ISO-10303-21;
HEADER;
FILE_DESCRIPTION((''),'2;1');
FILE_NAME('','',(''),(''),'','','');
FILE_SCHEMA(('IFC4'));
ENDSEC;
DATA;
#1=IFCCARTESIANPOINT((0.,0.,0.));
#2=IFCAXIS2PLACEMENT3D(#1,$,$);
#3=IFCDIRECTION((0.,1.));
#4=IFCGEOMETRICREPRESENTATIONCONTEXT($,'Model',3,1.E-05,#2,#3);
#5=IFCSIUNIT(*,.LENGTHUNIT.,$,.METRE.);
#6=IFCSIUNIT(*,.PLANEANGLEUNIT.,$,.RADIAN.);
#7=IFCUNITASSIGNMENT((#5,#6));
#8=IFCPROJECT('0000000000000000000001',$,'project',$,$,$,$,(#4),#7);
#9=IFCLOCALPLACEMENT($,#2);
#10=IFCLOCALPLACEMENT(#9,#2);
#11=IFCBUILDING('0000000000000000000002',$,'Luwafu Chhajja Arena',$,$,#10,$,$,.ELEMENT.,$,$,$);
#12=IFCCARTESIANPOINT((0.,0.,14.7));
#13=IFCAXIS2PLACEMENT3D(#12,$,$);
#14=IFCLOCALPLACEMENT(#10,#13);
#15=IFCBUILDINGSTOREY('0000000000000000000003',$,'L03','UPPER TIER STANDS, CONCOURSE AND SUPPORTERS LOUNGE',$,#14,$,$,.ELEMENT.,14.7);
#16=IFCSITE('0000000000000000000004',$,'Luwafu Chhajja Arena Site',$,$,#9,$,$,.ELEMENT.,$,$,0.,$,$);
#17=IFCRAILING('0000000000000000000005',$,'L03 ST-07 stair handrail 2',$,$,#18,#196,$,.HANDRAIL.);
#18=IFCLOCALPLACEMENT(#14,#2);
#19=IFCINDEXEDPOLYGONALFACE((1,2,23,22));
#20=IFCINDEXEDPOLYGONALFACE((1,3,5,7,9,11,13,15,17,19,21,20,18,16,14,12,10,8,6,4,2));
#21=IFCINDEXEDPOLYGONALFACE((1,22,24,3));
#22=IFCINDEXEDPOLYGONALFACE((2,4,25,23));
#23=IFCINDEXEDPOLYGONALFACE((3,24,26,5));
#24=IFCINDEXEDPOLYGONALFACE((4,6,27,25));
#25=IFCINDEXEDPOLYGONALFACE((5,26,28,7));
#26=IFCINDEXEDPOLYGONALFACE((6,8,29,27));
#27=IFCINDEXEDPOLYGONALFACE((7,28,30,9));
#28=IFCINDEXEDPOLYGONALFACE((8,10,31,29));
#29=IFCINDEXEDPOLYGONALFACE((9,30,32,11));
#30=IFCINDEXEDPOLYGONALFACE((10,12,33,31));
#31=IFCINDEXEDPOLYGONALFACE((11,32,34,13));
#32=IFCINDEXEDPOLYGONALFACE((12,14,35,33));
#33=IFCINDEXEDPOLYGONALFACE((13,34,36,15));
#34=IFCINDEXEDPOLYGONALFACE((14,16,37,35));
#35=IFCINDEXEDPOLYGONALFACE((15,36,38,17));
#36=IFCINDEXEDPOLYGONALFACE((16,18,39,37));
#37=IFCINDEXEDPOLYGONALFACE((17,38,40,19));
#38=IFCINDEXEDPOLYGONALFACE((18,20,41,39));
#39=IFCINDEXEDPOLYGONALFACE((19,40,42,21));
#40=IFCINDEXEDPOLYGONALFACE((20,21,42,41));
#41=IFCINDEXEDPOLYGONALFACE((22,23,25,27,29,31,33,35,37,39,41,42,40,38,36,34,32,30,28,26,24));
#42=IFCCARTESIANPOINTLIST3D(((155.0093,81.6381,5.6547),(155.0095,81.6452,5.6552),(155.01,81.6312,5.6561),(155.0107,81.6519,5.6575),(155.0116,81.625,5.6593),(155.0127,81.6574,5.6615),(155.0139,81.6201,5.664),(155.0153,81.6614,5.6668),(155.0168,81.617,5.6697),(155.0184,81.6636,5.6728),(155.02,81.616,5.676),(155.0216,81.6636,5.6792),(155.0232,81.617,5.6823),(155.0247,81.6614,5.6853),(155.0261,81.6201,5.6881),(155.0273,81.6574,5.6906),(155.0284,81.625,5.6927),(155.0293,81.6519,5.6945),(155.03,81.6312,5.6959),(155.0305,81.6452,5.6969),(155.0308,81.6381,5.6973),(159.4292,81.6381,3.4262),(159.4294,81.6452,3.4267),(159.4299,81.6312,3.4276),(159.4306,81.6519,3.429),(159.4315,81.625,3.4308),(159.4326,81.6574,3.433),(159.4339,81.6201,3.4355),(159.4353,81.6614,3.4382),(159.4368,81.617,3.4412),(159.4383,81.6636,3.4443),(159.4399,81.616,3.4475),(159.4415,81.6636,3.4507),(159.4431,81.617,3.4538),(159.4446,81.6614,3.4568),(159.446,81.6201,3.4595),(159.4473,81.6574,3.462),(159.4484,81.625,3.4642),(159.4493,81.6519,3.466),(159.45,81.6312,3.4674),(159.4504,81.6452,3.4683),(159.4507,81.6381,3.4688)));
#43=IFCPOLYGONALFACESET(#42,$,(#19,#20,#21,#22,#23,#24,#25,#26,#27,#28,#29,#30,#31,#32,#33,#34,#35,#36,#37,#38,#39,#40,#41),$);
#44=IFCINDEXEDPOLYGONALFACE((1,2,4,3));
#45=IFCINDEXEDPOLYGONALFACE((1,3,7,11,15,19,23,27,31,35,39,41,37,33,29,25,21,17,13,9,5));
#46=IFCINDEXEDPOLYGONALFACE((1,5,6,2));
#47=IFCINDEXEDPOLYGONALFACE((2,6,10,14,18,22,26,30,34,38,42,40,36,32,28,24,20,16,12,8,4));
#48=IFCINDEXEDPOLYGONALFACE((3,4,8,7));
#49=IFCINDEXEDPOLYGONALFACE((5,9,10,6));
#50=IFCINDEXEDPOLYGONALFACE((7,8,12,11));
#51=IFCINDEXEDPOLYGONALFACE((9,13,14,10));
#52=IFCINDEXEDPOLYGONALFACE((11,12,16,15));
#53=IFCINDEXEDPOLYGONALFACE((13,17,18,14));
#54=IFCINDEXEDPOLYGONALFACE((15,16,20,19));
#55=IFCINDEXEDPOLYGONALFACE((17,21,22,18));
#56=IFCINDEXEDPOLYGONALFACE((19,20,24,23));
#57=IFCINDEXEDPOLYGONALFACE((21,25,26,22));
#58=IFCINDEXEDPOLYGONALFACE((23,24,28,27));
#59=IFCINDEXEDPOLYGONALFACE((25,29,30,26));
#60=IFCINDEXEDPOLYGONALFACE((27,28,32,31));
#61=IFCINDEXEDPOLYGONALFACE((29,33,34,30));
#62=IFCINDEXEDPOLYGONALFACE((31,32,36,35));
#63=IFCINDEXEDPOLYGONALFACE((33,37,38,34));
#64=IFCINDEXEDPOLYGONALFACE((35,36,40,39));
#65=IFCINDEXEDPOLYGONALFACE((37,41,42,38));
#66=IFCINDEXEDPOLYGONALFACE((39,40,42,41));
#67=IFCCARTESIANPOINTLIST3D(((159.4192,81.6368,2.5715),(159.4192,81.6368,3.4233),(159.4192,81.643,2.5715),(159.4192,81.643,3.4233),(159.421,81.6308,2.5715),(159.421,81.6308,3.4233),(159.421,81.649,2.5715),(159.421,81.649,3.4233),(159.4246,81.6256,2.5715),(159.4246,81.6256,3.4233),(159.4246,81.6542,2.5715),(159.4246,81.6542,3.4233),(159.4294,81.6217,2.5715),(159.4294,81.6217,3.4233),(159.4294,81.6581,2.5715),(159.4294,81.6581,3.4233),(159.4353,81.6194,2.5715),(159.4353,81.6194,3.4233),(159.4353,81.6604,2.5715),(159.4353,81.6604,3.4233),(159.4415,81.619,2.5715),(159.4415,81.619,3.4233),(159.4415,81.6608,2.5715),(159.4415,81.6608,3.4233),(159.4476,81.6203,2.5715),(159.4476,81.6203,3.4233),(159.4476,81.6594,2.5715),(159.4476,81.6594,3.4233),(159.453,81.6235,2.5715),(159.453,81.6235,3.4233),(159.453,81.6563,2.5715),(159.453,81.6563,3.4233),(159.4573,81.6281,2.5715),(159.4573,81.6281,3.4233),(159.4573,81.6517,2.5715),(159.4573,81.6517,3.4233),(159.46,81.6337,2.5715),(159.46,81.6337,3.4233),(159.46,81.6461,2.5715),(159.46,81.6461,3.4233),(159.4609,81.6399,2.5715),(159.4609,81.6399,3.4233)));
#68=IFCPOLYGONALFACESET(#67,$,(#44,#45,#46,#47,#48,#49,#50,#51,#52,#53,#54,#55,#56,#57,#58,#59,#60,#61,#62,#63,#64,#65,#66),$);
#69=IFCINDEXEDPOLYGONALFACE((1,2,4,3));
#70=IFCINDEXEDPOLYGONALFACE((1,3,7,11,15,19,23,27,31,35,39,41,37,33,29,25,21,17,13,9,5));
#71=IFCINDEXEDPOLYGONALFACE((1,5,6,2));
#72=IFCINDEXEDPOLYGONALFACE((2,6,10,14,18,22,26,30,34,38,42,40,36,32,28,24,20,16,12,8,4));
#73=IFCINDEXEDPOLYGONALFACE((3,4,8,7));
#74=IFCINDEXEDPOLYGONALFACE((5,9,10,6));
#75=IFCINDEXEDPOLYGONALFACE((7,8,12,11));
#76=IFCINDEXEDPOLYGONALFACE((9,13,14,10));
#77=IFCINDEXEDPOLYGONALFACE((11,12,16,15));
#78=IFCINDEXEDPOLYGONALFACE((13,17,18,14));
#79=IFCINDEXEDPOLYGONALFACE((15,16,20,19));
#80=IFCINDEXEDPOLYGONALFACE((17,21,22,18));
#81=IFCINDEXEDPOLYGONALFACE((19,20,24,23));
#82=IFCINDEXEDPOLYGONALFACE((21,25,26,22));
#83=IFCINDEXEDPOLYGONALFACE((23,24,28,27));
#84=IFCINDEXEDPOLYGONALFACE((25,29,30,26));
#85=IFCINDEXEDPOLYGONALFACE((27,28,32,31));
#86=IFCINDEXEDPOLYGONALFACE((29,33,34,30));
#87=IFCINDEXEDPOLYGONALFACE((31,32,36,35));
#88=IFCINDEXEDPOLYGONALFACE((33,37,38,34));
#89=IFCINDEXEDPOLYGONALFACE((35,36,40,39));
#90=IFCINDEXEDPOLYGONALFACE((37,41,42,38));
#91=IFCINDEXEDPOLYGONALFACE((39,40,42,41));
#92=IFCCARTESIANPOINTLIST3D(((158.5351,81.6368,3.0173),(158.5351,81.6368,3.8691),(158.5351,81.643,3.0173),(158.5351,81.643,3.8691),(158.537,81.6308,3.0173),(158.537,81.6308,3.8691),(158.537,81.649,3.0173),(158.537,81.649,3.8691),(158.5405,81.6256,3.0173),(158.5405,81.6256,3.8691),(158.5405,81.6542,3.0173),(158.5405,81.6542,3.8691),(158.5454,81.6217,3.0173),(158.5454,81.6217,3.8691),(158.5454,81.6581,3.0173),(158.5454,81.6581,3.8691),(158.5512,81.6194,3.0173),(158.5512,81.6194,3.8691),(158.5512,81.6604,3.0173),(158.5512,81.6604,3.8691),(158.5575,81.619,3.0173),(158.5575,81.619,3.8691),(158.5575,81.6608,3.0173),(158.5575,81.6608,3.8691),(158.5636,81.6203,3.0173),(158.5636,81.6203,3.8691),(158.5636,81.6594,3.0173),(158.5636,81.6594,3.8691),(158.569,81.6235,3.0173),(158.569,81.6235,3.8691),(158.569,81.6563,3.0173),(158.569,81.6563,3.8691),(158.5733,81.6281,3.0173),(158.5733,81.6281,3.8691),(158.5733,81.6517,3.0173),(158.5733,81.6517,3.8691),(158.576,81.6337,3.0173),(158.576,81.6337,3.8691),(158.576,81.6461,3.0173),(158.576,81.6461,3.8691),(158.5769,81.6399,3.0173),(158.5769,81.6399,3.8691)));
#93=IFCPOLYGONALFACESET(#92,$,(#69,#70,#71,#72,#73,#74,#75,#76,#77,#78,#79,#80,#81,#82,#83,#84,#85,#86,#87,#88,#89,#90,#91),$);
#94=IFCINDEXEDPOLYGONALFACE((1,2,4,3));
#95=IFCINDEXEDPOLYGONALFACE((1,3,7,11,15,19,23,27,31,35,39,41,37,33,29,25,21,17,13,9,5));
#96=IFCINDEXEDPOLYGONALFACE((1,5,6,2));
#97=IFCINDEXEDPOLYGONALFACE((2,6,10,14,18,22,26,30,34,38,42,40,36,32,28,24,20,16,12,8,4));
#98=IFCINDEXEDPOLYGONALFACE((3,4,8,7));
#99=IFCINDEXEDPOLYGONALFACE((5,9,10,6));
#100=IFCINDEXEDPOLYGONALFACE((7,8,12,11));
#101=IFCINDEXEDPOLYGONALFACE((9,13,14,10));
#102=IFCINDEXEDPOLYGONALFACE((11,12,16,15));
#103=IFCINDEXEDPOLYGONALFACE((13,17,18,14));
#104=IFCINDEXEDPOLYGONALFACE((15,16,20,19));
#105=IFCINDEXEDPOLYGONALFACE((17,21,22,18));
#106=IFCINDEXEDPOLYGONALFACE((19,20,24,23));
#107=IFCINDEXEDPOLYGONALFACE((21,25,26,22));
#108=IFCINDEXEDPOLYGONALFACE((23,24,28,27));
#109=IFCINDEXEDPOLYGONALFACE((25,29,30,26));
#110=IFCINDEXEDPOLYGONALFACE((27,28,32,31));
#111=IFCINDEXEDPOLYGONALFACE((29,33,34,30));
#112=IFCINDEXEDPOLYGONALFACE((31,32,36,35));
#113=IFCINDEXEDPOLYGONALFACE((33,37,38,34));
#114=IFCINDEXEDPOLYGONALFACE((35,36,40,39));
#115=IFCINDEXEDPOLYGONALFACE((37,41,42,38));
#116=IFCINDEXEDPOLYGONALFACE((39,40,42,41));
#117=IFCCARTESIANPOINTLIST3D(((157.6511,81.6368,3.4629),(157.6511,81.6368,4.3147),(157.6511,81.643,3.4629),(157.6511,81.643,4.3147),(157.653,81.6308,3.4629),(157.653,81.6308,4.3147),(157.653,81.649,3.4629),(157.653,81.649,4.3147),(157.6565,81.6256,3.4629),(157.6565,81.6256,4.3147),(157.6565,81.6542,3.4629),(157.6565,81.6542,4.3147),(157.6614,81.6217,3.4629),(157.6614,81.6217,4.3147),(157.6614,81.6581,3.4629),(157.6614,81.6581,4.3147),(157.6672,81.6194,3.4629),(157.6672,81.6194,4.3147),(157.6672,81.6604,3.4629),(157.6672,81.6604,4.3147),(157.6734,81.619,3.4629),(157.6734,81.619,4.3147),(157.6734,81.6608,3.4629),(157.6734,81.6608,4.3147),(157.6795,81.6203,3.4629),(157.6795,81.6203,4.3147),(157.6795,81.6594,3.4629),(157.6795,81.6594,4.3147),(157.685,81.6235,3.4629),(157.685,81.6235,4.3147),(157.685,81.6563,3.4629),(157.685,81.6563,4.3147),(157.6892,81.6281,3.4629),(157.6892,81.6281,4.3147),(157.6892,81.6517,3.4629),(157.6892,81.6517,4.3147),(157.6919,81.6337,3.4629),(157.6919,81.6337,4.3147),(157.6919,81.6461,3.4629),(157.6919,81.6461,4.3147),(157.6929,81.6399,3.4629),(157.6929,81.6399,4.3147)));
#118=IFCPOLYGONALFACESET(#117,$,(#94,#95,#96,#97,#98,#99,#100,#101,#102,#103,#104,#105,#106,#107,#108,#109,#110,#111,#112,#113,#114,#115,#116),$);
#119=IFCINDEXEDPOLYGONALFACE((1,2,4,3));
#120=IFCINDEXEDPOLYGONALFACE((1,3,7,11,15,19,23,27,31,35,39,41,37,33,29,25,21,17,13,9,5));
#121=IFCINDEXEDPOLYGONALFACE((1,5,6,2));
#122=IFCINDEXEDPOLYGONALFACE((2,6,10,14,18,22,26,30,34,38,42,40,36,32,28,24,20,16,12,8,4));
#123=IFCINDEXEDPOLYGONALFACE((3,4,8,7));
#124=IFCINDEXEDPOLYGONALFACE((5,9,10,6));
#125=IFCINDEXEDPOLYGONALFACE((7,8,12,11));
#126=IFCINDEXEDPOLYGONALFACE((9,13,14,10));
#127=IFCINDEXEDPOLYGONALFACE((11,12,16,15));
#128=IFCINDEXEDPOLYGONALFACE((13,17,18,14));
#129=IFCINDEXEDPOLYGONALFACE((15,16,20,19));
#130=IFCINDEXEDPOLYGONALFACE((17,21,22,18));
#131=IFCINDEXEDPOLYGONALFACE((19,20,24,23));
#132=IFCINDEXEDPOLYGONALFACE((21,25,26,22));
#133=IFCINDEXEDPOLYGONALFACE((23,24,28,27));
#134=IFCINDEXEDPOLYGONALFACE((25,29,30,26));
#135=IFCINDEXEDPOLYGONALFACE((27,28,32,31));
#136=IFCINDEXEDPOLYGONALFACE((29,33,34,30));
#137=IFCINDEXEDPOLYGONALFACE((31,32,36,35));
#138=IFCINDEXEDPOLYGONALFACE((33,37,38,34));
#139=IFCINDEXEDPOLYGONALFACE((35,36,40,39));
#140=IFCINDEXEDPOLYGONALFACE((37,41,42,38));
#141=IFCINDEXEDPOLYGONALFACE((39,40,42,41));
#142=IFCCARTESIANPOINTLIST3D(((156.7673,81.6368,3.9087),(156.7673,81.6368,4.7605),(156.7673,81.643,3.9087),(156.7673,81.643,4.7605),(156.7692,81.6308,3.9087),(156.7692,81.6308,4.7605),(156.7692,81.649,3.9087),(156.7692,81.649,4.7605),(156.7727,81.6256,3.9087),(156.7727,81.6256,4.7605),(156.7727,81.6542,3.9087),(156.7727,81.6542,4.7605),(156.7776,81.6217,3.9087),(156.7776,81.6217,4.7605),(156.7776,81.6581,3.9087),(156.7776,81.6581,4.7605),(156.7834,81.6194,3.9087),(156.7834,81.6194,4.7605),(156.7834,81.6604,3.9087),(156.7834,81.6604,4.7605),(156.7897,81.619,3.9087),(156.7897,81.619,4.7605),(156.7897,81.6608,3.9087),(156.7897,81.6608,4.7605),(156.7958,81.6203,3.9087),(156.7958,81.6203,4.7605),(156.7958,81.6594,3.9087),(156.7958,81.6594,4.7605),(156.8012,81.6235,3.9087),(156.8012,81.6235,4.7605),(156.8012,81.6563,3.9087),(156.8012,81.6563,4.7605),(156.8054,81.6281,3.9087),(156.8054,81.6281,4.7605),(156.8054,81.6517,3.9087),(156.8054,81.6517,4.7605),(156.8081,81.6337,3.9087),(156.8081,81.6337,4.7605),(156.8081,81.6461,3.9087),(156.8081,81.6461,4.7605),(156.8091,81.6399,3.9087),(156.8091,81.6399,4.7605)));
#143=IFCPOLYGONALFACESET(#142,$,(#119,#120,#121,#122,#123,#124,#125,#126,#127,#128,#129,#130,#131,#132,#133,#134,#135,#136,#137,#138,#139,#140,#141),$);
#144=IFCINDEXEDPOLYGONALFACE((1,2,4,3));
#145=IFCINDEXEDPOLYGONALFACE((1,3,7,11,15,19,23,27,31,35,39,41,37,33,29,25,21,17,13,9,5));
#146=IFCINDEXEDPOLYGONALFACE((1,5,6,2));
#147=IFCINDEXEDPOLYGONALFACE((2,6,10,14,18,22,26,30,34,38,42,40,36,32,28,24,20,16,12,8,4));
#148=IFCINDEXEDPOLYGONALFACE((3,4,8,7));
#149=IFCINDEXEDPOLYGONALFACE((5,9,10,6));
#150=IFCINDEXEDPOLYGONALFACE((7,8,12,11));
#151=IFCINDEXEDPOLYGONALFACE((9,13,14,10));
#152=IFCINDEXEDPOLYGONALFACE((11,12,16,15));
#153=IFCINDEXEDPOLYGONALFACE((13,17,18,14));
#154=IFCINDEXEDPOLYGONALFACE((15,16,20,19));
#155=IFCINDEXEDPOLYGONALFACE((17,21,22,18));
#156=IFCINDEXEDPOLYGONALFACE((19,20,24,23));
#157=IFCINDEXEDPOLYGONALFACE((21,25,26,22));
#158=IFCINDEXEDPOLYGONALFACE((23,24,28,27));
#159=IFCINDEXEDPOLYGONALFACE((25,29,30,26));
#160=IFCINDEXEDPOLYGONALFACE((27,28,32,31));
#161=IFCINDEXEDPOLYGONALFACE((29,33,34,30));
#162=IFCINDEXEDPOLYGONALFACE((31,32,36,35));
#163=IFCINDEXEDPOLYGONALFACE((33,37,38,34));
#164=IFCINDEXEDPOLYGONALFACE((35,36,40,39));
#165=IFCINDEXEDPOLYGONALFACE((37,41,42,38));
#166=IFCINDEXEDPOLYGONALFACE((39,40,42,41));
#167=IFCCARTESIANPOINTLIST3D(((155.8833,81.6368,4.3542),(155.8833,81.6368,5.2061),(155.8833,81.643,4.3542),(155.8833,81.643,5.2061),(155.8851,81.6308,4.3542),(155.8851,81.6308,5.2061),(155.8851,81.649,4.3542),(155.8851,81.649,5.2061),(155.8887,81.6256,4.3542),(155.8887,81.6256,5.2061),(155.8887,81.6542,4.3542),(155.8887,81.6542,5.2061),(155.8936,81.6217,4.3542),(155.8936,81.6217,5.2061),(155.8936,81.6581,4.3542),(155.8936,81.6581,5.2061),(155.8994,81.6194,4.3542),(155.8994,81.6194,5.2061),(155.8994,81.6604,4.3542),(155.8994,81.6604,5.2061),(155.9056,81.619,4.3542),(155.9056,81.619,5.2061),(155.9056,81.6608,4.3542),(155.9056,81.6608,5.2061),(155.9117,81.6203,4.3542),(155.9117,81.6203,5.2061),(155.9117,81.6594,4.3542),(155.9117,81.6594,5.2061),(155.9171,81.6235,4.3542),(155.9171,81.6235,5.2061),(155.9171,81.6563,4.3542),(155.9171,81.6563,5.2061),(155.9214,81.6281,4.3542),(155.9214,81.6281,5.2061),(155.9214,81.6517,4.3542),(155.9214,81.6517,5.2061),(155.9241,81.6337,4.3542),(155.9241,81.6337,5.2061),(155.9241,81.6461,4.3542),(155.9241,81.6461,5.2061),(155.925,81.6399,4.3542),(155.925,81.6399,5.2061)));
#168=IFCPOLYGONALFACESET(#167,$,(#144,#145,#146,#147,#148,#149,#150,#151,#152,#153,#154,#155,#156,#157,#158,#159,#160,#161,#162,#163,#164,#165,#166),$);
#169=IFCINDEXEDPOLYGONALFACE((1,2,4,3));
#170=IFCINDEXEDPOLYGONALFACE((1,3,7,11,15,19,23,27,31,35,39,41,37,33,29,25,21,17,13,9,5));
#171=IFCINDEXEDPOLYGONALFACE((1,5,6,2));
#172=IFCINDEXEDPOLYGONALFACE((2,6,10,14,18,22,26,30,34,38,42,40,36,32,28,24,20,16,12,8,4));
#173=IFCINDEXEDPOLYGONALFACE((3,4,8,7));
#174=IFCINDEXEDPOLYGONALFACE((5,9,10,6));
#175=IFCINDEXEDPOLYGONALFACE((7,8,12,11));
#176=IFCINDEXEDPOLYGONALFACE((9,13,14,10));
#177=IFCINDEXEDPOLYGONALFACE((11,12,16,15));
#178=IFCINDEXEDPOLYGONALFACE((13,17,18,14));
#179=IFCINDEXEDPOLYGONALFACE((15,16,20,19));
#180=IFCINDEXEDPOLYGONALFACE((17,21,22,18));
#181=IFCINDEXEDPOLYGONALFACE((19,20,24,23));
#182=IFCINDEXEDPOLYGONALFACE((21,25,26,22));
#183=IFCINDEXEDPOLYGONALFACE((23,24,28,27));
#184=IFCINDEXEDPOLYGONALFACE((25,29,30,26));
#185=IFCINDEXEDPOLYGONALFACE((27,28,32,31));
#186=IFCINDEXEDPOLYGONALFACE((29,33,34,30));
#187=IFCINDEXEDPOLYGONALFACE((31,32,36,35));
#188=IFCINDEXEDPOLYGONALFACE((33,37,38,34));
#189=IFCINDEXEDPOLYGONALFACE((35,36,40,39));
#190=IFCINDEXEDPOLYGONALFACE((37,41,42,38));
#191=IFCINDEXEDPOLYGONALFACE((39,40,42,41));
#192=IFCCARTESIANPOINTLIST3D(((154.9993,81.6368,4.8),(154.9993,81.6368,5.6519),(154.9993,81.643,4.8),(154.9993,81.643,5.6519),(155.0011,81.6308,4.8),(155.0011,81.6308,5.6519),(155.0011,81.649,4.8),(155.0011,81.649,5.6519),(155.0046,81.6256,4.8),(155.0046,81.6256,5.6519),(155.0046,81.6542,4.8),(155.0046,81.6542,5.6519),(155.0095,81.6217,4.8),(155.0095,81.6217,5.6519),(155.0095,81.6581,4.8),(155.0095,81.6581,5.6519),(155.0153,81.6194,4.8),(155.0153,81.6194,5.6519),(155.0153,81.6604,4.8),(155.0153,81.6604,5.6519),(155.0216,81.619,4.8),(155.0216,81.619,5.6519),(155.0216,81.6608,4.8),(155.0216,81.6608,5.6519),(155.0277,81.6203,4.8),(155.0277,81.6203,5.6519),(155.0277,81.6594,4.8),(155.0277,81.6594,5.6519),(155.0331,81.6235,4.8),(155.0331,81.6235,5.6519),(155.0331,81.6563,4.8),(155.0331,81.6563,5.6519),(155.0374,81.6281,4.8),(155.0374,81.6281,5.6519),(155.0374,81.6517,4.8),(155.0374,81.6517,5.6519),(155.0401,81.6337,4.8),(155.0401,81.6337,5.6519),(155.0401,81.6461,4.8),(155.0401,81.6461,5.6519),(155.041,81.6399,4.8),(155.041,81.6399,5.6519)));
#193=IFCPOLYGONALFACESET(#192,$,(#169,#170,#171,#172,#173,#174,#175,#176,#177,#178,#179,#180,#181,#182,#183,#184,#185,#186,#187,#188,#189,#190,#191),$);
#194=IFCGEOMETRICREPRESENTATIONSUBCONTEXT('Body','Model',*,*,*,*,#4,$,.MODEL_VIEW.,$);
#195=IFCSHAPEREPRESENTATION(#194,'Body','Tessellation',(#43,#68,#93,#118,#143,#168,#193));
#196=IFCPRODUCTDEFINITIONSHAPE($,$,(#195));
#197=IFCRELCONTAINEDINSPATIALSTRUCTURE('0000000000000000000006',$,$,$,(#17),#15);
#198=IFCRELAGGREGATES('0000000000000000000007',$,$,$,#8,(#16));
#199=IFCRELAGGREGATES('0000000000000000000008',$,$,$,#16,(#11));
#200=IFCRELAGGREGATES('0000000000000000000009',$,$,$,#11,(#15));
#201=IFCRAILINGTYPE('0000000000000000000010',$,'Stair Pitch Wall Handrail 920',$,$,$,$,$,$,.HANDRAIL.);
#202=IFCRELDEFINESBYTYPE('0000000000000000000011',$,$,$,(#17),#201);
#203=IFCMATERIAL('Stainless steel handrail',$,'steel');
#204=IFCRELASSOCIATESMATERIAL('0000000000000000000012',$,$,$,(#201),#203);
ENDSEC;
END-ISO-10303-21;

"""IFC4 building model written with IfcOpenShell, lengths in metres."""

from ifc_helpers import new_model, si_unit, direction, frame, origin, origin_2d, place, context, subcontext, project, spatial, circle, extrude, material, type_object, element, save


model = new_model("IFC4")

# Units and contexts
model_context = context("Model", 3, precision=1e-05, world=origin(), true_north=direction((0.0, 1.0)))
body_context = subcontext(model_context, "Body", "Model", "MODEL_VIEW")
ifc_project = project(units=[si_unit("LENGTHUNIT", "METRE"), si_unit("PLANEANGLEUNIT", "RADIAN")], contexts=[model_context])

# Site, building, storey
site_placement = place(None, origin())
site = spatial("IfcSite", under=ifc_project, at=site_placement, Name="Luwafu Chhajja Arena Site", CompositionType="ELEMENT", RefElevation=0.0)
building_placement = place(site_placement, origin())
building = spatial("IfcBuilding", under=site, at=building_placement, Name="Luwafu Chhajja Arena", CompositionType="ELEMENT")
storey_placement = place(building_placement, frame((0.0, 0.0, 14.7)))
storey = spatial("IfcBuildingStorey", under=building, at=storey_placement, Name="L03", Description="UPPER TIER STANDS, CONCOURSE AND SUPPORTERS LOUNGE", CompositionType="ELEMENT", Elevation=14.7)

# Railing
ifc_material_1 = material(Name="Stainless steel handrail", Category="steel")
railing_type_1 = type_object("IfcRailingType", Name="Stair Pitch Wall Handrail 920", PredefinedType="HANDRAIL", material=ifc_material_1)
railing_1_placement = place(storey_placement, frame((159.4399, 81.6399, 2.5715)))
element("IfcRailing", 1, at=railing_1_placement, inside=storey, type_object=railing_type_1, Name="L03 ST-07 stair handrail 2", PredefinedType="HANDRAIL", context=body_context, shape_type="SweptSolid", body=[
    extrude(circle(Radius=0.0239, at=origin_2d()), frame((0.0, 0.0, 0.876), z_axis=(-0.892923, 0.0, 0.45021), x_axis=(0.0, -1.0, 0.0)), (0.0, 0.0, 1.0), 4.95),
    extrude(circle(Radius=0.021, at=origin_2d()), origin(), (0.0, 0.0, 1.0), 0.8518),
    extrude(circle(Radius=0.021, at=origin_2d()), frame((-0.884, 0.0, 0.4458)), (0.0, 0.0, 1.0), 0.8518),
    extrude(circle(Radius=0.021, at=origin_2d()), frame((-1.7681, 0.0, 0.8914)), (0.0, 0.0, 1.0), 0.8518),
    extrude(circle(Radius=0.021, at=origin_2d()), frame((-2.6519, 0.0, 1.3372)), (0.0, 0.0, 1.0), 0.8518),
    extrude(circle(Radius=0.021, at=origin_2d()), frame((-3.5359, 0.0, 1.7827)), (0.0, 0.0, 1.0), 0.8518),
    extrude(circle(Radius=0.021, at=origin_2d()), frame((-4.4199, 0.0, 2.2285)), (0.0, 0.0, 1.0), 0.8518),
])

save(model, "model.ifc")
